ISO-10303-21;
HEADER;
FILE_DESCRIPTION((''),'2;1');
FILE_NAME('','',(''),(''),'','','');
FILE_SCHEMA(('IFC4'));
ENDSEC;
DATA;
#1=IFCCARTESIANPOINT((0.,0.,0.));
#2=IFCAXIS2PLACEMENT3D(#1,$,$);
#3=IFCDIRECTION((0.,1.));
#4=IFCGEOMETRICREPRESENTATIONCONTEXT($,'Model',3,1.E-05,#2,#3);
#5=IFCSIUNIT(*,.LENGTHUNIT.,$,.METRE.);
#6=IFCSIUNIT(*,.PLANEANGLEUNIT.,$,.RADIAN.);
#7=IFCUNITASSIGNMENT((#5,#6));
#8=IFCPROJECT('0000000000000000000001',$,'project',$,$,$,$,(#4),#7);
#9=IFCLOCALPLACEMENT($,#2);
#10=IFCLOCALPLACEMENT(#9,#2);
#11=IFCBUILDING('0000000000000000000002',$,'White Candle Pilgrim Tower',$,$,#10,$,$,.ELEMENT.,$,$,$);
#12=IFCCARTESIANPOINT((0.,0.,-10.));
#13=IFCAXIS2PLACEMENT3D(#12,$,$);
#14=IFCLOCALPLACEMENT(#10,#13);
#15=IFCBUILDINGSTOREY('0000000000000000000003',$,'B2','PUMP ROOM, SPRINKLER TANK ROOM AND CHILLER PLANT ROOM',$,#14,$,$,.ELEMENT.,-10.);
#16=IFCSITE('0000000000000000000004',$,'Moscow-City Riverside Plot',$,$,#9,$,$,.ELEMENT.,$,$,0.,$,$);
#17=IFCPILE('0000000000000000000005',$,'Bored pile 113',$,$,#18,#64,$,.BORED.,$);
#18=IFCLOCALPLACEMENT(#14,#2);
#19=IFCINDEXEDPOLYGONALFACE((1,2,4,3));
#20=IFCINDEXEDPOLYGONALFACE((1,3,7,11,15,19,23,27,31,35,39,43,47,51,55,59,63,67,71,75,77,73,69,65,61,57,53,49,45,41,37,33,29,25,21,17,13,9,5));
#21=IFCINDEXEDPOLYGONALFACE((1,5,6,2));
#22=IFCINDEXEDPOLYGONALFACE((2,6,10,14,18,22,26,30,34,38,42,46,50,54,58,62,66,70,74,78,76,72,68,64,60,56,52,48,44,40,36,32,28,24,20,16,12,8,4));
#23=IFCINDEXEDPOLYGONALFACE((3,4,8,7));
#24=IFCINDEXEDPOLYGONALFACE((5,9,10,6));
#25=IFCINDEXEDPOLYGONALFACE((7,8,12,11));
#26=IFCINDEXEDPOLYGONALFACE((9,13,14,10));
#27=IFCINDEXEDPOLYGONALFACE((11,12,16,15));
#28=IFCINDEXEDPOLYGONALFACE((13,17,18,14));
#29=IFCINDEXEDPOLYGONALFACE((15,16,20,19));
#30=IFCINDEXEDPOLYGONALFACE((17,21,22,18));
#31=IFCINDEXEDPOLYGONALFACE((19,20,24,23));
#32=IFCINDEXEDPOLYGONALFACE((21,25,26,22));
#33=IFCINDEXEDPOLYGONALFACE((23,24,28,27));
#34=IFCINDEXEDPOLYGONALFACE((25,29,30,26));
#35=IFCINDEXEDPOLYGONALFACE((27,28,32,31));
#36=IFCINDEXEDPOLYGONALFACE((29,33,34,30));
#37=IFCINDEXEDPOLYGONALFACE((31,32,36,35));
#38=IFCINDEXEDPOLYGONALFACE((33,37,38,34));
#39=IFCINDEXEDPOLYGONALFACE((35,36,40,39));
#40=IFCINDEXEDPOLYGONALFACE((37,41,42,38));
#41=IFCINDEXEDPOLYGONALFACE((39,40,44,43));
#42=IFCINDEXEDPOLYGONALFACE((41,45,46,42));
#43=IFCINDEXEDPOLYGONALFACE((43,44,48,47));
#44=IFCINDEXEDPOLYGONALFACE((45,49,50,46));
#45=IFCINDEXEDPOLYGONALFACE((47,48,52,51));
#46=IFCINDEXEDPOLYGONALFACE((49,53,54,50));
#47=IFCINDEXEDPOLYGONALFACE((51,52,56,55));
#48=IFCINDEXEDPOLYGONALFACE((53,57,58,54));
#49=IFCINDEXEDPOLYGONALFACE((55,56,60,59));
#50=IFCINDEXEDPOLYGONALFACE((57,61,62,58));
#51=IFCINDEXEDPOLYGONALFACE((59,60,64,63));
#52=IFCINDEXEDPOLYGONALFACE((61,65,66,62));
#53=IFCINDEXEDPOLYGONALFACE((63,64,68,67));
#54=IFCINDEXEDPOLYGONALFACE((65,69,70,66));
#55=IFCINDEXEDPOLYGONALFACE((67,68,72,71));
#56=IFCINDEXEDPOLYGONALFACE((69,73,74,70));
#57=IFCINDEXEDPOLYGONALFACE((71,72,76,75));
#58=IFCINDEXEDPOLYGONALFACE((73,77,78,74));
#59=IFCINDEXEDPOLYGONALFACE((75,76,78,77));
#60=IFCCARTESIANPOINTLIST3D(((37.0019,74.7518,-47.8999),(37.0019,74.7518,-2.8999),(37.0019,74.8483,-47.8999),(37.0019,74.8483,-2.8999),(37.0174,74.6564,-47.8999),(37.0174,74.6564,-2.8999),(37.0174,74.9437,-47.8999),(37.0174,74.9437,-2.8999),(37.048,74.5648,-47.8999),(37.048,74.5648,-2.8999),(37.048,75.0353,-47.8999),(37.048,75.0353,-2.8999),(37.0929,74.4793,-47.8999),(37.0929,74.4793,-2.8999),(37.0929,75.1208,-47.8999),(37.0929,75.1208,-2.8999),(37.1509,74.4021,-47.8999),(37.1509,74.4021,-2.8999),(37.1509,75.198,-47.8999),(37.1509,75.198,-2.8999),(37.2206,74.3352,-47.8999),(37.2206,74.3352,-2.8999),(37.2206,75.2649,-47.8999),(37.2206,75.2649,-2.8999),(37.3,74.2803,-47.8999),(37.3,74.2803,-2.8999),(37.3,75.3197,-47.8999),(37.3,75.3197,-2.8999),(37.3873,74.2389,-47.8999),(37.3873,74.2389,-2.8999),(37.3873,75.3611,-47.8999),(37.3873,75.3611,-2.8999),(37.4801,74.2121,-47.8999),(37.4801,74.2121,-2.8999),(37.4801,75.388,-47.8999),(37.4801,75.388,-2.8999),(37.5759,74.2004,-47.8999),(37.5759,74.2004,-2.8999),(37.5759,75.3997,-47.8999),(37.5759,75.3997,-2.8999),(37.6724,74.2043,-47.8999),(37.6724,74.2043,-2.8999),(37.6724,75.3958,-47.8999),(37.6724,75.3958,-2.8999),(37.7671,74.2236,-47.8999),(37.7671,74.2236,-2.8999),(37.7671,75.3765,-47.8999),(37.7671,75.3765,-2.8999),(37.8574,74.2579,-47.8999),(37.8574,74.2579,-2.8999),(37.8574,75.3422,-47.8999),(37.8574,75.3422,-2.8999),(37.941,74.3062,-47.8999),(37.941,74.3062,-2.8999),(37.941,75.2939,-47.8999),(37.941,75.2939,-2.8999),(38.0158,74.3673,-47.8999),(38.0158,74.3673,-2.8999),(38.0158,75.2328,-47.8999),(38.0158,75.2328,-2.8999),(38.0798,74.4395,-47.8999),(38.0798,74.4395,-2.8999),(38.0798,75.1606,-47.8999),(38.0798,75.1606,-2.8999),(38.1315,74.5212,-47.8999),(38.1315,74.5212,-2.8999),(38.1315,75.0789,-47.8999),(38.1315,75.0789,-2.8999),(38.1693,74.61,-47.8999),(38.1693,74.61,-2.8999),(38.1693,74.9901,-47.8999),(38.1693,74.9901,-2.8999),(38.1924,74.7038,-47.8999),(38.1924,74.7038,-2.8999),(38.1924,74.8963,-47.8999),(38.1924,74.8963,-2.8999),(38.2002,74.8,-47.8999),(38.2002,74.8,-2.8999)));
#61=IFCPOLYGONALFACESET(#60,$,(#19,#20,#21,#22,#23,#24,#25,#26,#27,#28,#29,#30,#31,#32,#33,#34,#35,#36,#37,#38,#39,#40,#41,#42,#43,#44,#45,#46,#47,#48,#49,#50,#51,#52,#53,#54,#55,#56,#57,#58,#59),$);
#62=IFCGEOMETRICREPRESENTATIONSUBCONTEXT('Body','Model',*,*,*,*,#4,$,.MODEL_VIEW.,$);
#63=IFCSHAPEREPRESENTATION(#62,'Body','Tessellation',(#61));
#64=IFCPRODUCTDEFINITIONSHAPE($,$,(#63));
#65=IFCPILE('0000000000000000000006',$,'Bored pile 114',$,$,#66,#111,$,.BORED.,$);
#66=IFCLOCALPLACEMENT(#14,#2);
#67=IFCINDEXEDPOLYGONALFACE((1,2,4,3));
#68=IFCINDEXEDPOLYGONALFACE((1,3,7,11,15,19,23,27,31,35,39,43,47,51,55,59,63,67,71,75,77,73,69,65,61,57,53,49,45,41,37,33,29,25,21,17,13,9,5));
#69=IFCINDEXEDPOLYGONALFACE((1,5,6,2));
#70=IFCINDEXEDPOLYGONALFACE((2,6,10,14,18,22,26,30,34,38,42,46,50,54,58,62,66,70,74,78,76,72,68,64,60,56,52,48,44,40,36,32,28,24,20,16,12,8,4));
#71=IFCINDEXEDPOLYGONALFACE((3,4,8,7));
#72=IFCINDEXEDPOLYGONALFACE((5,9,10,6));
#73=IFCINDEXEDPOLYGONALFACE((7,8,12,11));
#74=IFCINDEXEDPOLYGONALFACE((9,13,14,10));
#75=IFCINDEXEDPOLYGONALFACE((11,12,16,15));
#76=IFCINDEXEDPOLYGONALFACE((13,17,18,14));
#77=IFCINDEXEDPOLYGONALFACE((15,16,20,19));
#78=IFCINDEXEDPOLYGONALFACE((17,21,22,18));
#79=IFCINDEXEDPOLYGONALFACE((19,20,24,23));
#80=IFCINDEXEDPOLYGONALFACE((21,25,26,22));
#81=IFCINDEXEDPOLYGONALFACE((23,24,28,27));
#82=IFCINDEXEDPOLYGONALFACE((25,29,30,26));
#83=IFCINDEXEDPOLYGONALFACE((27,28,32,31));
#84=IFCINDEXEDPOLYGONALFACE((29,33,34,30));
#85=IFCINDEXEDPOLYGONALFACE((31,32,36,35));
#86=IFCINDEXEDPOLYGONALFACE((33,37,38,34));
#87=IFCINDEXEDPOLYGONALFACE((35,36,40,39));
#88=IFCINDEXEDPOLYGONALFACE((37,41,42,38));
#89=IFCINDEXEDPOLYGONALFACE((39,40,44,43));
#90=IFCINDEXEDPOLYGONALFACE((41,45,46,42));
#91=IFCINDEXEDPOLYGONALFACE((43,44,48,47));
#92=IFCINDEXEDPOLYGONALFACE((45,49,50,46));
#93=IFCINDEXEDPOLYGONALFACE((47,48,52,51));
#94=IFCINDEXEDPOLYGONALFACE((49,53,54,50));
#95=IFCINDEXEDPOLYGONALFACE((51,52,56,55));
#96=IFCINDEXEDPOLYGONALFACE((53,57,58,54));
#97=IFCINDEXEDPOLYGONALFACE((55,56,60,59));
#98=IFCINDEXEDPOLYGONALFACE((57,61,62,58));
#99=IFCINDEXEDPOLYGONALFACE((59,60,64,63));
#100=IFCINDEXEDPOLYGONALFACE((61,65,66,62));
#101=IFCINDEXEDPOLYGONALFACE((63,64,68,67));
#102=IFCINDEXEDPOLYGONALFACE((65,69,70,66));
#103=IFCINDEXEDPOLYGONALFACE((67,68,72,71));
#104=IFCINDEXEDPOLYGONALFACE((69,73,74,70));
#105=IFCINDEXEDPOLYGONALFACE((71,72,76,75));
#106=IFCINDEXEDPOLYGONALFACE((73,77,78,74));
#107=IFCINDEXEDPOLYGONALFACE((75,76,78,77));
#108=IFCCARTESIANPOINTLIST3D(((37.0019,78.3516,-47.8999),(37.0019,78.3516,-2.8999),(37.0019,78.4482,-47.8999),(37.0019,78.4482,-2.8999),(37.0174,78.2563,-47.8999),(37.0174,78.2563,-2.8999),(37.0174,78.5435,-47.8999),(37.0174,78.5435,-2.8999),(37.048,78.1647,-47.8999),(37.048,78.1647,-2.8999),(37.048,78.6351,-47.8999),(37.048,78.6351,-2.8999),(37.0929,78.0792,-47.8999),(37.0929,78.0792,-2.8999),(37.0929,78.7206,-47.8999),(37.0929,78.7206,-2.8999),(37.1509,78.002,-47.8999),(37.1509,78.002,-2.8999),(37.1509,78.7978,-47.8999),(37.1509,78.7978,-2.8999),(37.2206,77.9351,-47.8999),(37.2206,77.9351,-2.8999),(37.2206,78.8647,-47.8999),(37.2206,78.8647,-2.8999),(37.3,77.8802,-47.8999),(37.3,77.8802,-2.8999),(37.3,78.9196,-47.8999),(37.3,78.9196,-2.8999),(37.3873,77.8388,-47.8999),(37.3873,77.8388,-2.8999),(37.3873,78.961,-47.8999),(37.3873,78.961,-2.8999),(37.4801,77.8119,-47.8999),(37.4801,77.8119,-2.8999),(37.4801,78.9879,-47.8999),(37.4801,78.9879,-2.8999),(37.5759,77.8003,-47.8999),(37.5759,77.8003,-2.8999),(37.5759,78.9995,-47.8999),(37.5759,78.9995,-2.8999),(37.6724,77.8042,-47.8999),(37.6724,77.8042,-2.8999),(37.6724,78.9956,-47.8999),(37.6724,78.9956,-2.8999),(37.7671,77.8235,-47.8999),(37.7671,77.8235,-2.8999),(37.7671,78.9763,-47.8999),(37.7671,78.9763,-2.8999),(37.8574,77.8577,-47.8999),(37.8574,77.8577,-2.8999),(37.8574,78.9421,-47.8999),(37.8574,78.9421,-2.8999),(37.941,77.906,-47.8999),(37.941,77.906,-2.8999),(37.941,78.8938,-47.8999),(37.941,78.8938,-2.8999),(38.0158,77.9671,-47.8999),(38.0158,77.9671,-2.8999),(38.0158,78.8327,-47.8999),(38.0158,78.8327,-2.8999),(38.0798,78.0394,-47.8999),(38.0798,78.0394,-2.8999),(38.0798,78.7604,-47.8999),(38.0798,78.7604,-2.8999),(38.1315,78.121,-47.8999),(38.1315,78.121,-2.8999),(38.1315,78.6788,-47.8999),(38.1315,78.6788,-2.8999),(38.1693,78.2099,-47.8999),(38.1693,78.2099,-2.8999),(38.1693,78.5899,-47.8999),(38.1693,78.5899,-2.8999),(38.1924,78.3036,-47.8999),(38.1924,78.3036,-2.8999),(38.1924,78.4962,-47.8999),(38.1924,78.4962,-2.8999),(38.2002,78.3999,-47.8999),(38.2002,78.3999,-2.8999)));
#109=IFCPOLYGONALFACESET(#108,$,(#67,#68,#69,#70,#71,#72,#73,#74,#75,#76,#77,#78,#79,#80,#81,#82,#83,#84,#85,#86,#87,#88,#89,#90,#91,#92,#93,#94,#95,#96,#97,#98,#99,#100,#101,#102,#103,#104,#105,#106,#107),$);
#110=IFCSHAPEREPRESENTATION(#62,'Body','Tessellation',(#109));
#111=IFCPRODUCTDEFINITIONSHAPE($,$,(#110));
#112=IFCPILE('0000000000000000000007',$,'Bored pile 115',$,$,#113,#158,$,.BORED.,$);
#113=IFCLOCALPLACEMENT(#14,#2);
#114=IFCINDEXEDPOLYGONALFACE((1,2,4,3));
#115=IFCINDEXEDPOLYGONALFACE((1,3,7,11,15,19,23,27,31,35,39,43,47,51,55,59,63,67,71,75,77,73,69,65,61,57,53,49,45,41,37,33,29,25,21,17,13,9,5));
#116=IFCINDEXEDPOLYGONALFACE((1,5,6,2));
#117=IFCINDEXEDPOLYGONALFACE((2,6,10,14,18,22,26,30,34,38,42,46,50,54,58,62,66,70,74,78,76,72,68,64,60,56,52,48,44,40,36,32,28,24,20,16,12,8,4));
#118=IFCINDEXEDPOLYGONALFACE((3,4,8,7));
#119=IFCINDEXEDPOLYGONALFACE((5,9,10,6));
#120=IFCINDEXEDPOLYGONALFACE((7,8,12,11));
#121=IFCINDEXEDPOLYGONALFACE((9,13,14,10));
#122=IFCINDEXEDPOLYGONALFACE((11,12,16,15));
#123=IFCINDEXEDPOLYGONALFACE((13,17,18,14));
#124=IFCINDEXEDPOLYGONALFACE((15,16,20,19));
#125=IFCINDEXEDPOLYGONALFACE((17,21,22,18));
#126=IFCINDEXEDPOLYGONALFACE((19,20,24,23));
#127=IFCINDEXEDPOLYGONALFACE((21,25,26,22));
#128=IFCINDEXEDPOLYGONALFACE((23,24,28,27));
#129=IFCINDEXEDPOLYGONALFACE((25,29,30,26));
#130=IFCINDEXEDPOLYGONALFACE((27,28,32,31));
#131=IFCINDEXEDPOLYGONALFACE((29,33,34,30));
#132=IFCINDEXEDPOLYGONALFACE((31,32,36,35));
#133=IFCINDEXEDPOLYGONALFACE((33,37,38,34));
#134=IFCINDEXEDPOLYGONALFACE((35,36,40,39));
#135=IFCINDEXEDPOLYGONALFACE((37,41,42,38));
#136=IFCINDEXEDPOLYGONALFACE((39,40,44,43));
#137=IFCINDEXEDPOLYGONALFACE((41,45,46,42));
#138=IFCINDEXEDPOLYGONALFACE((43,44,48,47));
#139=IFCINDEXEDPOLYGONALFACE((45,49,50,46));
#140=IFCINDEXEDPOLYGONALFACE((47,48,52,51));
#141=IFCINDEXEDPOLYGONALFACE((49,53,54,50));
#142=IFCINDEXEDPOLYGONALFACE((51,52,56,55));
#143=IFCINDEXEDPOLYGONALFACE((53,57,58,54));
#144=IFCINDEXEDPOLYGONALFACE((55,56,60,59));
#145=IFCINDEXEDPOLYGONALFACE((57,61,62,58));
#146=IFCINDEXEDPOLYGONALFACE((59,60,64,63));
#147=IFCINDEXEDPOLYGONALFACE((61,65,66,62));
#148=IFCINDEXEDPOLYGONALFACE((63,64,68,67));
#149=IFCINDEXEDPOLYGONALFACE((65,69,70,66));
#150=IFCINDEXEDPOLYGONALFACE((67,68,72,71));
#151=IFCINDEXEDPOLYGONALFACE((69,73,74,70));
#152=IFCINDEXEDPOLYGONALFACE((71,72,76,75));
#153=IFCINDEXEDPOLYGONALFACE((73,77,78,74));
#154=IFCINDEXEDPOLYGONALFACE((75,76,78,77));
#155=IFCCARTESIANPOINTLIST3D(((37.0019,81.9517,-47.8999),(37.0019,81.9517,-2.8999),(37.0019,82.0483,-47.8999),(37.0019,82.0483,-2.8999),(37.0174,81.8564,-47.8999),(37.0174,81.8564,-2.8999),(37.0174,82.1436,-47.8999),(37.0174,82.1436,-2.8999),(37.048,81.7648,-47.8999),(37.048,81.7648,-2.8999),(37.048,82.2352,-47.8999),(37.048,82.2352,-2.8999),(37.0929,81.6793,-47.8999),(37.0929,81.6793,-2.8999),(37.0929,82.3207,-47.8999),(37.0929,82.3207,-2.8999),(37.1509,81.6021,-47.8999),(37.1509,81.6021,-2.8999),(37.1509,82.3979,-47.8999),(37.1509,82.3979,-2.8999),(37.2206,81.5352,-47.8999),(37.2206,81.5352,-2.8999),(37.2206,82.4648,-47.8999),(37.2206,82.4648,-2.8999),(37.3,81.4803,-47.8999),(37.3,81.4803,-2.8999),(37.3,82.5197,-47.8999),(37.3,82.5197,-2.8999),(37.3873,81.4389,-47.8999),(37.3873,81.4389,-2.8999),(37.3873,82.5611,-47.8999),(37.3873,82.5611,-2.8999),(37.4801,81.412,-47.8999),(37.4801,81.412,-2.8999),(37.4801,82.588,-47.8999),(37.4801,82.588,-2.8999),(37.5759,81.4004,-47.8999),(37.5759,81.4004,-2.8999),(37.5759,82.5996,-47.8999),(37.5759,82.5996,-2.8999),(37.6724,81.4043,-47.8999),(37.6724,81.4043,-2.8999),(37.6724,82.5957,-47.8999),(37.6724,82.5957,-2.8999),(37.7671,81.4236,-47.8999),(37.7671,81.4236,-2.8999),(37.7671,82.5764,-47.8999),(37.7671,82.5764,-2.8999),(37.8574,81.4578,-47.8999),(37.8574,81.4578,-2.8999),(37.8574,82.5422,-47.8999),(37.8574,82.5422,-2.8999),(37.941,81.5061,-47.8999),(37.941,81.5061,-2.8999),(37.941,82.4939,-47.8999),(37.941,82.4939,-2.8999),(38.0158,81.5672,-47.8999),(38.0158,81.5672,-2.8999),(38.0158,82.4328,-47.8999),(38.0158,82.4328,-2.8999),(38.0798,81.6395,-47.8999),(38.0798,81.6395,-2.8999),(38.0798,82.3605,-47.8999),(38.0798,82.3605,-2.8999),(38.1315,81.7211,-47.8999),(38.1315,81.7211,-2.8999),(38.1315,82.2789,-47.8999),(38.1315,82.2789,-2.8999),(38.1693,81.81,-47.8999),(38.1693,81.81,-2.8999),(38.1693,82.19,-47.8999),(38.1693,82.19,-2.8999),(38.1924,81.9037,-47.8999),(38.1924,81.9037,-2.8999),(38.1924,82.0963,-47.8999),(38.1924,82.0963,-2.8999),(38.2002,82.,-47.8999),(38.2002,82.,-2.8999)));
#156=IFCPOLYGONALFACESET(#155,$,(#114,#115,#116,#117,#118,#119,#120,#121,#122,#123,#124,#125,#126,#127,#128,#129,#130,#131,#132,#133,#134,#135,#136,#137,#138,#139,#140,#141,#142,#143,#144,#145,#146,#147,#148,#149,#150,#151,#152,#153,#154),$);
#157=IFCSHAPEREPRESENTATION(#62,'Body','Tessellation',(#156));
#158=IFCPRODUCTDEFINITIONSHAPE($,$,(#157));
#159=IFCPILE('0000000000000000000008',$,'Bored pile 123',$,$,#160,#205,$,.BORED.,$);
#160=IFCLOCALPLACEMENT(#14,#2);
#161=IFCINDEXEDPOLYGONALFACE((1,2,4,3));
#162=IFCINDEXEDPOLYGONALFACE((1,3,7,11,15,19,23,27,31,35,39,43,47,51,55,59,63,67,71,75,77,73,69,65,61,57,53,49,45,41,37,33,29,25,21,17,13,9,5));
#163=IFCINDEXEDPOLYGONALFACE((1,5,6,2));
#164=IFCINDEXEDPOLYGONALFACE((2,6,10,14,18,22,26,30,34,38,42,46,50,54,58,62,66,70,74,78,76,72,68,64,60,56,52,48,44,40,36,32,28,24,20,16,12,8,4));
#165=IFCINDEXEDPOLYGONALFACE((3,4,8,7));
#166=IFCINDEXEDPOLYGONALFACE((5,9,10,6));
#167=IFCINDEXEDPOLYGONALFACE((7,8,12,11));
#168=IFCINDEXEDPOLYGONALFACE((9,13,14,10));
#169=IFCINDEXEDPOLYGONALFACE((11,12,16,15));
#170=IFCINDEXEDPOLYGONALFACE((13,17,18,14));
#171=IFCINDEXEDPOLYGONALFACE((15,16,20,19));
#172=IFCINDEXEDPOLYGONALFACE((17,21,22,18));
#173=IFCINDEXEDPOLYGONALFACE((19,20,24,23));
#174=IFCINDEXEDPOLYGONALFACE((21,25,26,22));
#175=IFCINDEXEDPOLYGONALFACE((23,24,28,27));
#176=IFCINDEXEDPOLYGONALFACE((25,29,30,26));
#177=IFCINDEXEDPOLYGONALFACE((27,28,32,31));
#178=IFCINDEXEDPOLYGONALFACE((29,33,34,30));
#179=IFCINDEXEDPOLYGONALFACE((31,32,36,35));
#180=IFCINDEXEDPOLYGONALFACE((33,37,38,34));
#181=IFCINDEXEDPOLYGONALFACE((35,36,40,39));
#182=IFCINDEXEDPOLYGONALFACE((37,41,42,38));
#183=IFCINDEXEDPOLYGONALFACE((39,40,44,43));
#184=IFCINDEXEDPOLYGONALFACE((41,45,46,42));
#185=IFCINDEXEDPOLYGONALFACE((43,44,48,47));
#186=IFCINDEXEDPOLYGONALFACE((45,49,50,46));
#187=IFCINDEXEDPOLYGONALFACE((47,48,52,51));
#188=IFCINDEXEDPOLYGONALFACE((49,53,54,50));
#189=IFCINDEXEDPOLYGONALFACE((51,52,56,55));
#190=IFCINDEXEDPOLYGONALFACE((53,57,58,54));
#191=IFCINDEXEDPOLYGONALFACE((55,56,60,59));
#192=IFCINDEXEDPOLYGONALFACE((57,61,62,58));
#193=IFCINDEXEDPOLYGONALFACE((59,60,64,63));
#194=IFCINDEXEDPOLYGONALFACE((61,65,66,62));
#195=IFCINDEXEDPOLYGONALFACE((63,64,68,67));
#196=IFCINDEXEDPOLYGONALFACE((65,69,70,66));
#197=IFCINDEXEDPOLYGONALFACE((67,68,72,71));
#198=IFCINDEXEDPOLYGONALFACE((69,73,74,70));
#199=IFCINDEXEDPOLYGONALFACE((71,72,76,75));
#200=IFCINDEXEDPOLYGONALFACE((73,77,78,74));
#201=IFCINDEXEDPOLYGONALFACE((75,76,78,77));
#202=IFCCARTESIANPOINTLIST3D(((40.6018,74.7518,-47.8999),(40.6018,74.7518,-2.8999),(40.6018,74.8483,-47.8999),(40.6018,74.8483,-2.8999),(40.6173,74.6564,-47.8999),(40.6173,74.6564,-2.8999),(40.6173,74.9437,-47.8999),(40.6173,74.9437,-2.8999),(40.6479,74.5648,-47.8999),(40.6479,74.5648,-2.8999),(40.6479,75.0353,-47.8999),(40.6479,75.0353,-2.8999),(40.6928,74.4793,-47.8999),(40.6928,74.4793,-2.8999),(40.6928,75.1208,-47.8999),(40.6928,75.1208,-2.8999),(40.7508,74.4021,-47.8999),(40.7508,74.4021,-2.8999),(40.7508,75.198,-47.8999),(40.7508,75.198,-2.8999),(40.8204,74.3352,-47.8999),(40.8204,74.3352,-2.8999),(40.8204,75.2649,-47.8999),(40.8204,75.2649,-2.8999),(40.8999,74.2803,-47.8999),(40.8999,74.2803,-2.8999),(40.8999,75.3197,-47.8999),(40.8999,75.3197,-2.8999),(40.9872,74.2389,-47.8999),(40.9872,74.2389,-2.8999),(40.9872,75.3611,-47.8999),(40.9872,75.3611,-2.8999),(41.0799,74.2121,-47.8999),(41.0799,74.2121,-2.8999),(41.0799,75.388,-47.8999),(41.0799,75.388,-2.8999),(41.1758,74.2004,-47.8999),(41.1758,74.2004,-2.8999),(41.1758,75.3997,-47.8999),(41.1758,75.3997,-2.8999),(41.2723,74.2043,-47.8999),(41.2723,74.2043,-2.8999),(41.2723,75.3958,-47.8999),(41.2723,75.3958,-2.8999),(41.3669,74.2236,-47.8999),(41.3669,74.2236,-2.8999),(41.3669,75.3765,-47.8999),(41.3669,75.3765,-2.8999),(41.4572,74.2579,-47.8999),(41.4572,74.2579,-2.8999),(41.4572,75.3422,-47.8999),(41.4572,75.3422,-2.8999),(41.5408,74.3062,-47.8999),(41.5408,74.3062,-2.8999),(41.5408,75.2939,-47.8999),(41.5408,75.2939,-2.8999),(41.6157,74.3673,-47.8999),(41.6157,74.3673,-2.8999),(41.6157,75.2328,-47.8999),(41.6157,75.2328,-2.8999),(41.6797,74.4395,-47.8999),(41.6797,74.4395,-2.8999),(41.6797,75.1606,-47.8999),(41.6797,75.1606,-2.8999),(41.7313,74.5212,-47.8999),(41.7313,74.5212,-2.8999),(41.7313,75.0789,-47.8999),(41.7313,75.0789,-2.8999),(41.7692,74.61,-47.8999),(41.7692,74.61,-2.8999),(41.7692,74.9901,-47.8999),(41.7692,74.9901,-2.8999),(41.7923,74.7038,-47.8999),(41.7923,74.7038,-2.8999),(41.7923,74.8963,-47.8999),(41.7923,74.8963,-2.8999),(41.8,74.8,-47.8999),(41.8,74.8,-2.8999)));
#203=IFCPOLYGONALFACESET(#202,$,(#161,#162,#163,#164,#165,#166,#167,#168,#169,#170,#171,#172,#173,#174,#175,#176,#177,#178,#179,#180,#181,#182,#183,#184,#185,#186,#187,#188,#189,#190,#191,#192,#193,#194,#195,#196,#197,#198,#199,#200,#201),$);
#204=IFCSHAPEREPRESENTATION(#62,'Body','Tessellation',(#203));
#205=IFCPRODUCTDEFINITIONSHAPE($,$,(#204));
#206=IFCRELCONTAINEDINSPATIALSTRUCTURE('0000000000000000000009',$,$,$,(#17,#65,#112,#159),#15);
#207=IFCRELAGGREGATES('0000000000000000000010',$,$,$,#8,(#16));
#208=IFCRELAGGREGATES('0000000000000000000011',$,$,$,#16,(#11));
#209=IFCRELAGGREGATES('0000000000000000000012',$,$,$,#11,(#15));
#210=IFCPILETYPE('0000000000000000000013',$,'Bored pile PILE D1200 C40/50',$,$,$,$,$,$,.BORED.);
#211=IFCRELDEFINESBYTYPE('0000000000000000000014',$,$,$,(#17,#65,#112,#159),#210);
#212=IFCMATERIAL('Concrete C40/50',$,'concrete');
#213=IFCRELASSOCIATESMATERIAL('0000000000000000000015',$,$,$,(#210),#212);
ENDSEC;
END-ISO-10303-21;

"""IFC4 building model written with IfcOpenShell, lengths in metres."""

from ifc_helpers import new_model, si_unit, direction, frame, origin, origin_2d, place, context, subcontext, project, spatial, circle, extrude, material, material_profile, profile_set, type_object, element, save


model = new_model("IFC4")

# Units and contexts
model_context = context("Model", 3, precision=1e-05, world=origin(), true_north=direction((0.0, 1.0)))
body_context = subcontext(model_context, "Body", "Model", "MODEL_VIEW")
ifc_project = project(units=[si_unit("LENGTHUNIT", "METRE"), si_unit("PLANEANGLEUNIT", "RADIAN")], contexts=[model_context])

# Site, building, storey
site_placement = place(None, origin())
site = spatial("IfcSite", under=ifc_project, at=site_placement, Name="Moscow-City Riverside Plot", CompositionType="ELEMENT", RefElevation=0.0)
building_placement = place(site_placement, origin())
building = spatial("IfcBuilding", under=site, at=building_placement, Name="White Candle Pilgrim Tower", CompositionType="ELEMENT")
storey_placement = place(building_placement, frame((0.0, 0.0, -10.0)))
storey = spatial("IfcBuildingStorey", under=building, at=storey_placement, Name="B2", Description="PUMP ROOM, SPRINKLER TANK ROOM AND CHILLER PLANT ROOM", CompositionType="ELEMENT", Elevation=-10.0)

# Piles
ifc_material_1 = material(Name="Concrete C40/50", Category="concrete")
ifc_material_profile_1 = material_profile(ifc_material_1, circle(Radius=0.6001, at=origin_2d()), Name="PILE D1200")
ifc_profile_set_1 = profile_set([ifc_material_profile_1], Name="Concrete C40/50")
pile_type_1 = type_object("IfcPileType", Name="Bored pile PILE D1200 C40/50", PredefinedType="BORED", material=ifc_profile_set_1)
for number, where, z_axis, x_axis, name in (
    (1, (37.6001, 74.8, -2.8999), (0.0, 0.0, -1.0), (1.0, 0.0, 0.0), "Bored pile 113"),
    (2, (37.6001, 78.3999, -2.8999), (0.0, 0.0, -1.0), (1.0, 0.0, 0.0), "Bored pile 114"),
    (3, (37.6001, 82.0, -2.8999), (0.0, 0.0, -1.0), (1.0, 0.0, 0.0), "Bored pile 115"),
    (4, (41.2, 74.8, -2.8999), (0.0, 0.0, -1.0), (1.0, 0.0, 0.0), "Bored pile 123"),
):
    element("IfcPile", number, at=place(storey_placement, frame(where, z_axis=z_axis, x_axis=x_axis)), inside=storey, type_object=pile_type_1, Name=name, PredefinedType="BORED", context=body_context, shape_type="SweptSolid", body=[
        extrude(circle(Radius=0.6001, at=origin_2d()), origin(), (0.0, 0.0, 1.0), 45.0),
    ])

save(model, "model.ifc")
